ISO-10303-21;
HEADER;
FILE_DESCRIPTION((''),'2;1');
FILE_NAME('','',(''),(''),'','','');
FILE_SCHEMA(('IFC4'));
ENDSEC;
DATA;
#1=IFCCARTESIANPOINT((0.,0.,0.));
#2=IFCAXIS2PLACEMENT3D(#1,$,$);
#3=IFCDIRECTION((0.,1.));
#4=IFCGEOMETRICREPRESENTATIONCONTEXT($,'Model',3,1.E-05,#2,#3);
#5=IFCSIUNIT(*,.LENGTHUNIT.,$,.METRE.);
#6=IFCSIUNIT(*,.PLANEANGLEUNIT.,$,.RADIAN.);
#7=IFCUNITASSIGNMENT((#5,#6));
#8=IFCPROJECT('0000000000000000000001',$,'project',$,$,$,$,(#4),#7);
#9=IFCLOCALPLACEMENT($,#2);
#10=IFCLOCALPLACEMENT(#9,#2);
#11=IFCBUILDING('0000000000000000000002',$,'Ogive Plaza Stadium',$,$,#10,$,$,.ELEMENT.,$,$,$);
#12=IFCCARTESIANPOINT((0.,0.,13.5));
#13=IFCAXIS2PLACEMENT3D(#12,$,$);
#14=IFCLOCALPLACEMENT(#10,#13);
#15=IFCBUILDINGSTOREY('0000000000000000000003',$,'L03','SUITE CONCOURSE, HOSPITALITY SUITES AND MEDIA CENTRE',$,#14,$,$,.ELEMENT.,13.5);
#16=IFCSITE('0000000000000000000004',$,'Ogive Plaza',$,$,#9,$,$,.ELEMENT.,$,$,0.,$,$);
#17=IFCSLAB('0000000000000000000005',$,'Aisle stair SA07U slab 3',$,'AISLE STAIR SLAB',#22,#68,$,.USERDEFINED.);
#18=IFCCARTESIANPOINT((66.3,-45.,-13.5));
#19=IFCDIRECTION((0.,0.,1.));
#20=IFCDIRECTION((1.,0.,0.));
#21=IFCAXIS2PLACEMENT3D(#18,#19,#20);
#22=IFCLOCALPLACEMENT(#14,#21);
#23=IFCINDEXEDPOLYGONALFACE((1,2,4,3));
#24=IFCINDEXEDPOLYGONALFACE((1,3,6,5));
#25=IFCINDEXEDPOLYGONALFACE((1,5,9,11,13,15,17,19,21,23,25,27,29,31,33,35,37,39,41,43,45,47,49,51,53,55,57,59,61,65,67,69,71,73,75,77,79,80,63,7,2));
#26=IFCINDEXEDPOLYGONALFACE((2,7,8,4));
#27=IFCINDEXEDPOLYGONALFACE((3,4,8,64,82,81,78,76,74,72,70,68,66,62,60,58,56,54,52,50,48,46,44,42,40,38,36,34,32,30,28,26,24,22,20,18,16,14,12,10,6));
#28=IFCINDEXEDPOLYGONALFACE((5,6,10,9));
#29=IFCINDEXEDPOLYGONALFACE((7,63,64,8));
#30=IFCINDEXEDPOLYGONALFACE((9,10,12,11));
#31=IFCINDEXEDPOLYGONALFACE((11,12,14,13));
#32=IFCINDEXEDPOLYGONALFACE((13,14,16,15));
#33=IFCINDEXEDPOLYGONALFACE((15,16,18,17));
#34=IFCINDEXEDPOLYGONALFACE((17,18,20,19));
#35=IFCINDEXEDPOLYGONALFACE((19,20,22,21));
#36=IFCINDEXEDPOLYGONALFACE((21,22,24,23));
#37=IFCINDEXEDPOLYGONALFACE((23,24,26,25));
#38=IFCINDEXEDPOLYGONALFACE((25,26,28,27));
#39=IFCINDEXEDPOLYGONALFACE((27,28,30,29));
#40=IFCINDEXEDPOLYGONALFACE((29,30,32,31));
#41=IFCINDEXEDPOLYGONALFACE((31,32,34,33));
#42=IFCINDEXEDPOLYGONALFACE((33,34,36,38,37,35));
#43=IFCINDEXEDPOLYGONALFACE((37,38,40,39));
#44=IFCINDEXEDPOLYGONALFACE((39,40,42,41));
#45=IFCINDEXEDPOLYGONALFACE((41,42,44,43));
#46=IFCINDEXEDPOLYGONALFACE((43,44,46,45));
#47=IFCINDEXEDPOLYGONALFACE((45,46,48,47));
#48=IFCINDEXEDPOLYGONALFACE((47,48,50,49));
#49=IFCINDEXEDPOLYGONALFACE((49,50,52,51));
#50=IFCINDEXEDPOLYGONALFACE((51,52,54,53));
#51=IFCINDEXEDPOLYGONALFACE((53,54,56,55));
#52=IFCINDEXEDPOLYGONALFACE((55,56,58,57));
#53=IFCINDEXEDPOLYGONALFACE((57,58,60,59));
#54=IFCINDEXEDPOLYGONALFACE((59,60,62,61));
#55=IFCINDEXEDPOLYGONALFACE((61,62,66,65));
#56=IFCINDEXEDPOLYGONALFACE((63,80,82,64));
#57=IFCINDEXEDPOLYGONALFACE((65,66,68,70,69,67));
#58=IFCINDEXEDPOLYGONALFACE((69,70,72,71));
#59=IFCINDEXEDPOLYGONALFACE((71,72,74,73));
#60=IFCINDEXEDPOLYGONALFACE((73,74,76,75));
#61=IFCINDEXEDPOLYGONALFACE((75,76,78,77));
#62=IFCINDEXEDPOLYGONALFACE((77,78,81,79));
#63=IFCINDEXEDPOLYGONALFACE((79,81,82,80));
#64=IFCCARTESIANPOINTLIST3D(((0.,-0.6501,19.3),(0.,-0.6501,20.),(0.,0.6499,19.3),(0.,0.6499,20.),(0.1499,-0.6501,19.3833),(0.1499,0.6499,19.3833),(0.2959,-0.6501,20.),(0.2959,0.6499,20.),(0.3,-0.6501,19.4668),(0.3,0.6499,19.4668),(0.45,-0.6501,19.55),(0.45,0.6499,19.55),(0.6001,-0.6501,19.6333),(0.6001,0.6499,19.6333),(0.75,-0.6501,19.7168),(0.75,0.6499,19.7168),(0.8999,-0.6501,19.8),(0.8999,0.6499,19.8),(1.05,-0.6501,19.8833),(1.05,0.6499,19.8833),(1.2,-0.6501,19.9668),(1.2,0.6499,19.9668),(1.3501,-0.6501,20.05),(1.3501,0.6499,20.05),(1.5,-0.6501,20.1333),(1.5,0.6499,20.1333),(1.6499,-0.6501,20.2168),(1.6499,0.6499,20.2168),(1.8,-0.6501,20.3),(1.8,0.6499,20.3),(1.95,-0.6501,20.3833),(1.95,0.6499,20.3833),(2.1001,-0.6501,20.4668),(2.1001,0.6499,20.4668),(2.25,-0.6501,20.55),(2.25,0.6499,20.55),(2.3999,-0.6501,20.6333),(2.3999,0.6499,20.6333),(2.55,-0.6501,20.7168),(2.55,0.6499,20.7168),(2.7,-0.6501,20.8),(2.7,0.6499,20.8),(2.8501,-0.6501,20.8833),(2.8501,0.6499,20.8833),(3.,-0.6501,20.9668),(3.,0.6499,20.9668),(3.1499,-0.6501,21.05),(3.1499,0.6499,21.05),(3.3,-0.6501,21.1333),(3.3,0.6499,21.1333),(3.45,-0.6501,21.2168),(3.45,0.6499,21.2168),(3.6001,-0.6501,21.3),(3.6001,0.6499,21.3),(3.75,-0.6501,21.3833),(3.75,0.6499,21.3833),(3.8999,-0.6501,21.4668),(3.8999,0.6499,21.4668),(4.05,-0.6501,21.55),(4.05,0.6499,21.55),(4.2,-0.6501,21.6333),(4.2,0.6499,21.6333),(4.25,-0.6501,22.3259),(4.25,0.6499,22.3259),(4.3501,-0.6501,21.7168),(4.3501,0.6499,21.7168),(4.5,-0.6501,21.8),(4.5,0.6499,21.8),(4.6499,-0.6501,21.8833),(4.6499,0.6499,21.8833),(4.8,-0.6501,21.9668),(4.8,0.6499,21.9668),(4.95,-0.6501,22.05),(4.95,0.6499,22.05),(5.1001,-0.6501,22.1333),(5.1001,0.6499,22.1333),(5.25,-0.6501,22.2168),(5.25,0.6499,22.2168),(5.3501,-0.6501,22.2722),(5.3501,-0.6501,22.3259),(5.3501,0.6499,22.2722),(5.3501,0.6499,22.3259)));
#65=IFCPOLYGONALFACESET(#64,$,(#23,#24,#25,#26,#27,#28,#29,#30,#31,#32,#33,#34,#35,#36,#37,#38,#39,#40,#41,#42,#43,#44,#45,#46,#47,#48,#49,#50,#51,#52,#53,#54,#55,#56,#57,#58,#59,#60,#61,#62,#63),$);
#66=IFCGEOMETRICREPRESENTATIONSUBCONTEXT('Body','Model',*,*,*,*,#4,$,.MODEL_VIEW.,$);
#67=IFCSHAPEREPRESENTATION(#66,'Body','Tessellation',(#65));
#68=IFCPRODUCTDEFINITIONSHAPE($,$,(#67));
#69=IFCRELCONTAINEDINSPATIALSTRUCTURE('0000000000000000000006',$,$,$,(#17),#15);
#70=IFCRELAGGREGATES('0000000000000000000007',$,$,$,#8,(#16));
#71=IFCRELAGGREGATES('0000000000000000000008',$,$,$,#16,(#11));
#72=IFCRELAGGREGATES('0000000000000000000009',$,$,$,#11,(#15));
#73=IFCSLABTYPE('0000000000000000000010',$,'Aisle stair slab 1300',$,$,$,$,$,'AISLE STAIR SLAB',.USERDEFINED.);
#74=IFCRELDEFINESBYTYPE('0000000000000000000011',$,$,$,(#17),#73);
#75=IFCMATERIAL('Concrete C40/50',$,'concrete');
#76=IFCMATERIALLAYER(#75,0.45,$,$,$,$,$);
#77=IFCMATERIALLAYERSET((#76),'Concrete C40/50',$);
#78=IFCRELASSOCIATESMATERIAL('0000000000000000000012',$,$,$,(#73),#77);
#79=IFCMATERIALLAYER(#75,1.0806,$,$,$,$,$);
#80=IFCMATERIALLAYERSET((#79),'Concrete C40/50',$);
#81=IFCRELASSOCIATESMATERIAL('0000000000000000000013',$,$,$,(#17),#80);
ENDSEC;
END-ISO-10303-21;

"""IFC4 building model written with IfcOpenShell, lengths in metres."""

from ifc_helpers import new_model, si_unit, direction, frame, origin, place, context, subcontext, project, spatial, polyline, outline, extrude, material, layer, layer_set, type_object, element, save


model = new_model("IFC4")

# Units and contexts
model_context = context("Model", 3, precision=1e-05, world=origin(), true_north=direction((0.0, 1.0)))
body_context = subcontext(model_context, "Body", "Model", "MODEL_VIEW")
ifc_project = project(units=[si_unit("LENGTHUNIT", "METRE"), si_unit("PLANEANGLEUNIT", "RADIAN")], contexts=[model_context])

# Site, building, storey
site_placement = place(None, origin())
site = spatial("IfcSite", under=ifc_project, at=site_placement, Name="Ogive Plaza", CompositionType="ELEMENT", RefElevation=0.0)
building_placement = place(site_placement, origin())
building = spatial("IfcBuilding", under=site, at=building_placement, Name="Ogive Plaza Stadium", CompositionType="ELEMENT")
storey_placement = place(building_placement, frame((0.0, 0.0, 13.5)))
storey = spatial("IfcBuildingStorey", under=building, at=storey_placement, Name="L03", Description="SUITE CONCOURSE, HOSPITALITY SUITES AND MEDIA CENTRE", CompositionType="ELEMENT", Elevation=13.5)

# Slab
ifc_material_1 = material(Name="Concrete C40/50", Category="concrete")
ifc_layer_1 = layer(ifc_material_1, 1.0806)
ifc_layer_set_1 = layer_set([ifc_layer_1], Name="Concrete C40/50")
ifc_layer_2 = layer(ifc_material_1, 0.45)
ifc_layer_set_2 = layer_set([ifc_layer_2], Name="Concrete C40/50")
slab_type = type_object("IfcSlabType", Name="Aisle stair slab 1300", ElementType="AISLE STAIR SLAB", PredefinedType="USERDEFINED", material=ifc_layer_set_2)
slab_placement = place(storey_placement, frame((66.3, -45.0, -13.5), z_axis=(0.0, 0.0, 1.0), x_axis=(1.0, 0.0, 0.0)))
element("IfcSlab", 1, at=slab_placement, inside=storey, type_object=slab_type, material=ifc_layer_set_1, Name="Aisle stair SA07U slab 3", ObjectType="AISLE STAIR SLAB", PredefinedType="USERDEFINED", context=body_context, shape_type="SweptSolid", body=[
    extrude(outline(polyline([(0.0, 20.0), (0.2959, 20.0), (4.25, 22.3259), (5.3501, 22.3259), (5.3501, 22.2722), (5.25, 22.2168), (5.1001, 22.1333), (4.95, 22.05), (4.8, 21.9668), (4.6499, 21.8833), (4.5, 21.8), (4.3501, 21.7168), (4.2, 21.6333), (4.05, 21.55), (3.8999, 21.4668), (3.75, 21.3833), (3.6001, 21.3), (3.45, 21.2168), (3.3, 21.1333), (3.1499, 21.05), (3.0, 20.9668), (2.8501, 20.8833), (2.7, 20.8), (2.55, 20.7168), (2.3999, 20.6333), (2.25, 20.55), (2.1001, 20.4668), (1.95, 20.3833), (1.8, 20.3), (1.6499, 20.2168), (1.5, 20.1333), (1.3501, 20.05), (1.2, 19.9668), (1.05, 19.8833), (0.8999, 19.8), (0.75, 19.7168), (0.6001, 19.6333), (0.45, 19.55), (0.3, 19.4668), (0.1499, 19.3833), (0.0, 19.3), (0.0, 20.0)])), frame((0.0, 0.6499, 0.0), z_axis=(0.0, -1.0, 0.0), x_axis=(1.0, 0.0, 0.0)), (0.0, 0.0, 1.0), 1.3),
])

save(model, "model.ifc")
